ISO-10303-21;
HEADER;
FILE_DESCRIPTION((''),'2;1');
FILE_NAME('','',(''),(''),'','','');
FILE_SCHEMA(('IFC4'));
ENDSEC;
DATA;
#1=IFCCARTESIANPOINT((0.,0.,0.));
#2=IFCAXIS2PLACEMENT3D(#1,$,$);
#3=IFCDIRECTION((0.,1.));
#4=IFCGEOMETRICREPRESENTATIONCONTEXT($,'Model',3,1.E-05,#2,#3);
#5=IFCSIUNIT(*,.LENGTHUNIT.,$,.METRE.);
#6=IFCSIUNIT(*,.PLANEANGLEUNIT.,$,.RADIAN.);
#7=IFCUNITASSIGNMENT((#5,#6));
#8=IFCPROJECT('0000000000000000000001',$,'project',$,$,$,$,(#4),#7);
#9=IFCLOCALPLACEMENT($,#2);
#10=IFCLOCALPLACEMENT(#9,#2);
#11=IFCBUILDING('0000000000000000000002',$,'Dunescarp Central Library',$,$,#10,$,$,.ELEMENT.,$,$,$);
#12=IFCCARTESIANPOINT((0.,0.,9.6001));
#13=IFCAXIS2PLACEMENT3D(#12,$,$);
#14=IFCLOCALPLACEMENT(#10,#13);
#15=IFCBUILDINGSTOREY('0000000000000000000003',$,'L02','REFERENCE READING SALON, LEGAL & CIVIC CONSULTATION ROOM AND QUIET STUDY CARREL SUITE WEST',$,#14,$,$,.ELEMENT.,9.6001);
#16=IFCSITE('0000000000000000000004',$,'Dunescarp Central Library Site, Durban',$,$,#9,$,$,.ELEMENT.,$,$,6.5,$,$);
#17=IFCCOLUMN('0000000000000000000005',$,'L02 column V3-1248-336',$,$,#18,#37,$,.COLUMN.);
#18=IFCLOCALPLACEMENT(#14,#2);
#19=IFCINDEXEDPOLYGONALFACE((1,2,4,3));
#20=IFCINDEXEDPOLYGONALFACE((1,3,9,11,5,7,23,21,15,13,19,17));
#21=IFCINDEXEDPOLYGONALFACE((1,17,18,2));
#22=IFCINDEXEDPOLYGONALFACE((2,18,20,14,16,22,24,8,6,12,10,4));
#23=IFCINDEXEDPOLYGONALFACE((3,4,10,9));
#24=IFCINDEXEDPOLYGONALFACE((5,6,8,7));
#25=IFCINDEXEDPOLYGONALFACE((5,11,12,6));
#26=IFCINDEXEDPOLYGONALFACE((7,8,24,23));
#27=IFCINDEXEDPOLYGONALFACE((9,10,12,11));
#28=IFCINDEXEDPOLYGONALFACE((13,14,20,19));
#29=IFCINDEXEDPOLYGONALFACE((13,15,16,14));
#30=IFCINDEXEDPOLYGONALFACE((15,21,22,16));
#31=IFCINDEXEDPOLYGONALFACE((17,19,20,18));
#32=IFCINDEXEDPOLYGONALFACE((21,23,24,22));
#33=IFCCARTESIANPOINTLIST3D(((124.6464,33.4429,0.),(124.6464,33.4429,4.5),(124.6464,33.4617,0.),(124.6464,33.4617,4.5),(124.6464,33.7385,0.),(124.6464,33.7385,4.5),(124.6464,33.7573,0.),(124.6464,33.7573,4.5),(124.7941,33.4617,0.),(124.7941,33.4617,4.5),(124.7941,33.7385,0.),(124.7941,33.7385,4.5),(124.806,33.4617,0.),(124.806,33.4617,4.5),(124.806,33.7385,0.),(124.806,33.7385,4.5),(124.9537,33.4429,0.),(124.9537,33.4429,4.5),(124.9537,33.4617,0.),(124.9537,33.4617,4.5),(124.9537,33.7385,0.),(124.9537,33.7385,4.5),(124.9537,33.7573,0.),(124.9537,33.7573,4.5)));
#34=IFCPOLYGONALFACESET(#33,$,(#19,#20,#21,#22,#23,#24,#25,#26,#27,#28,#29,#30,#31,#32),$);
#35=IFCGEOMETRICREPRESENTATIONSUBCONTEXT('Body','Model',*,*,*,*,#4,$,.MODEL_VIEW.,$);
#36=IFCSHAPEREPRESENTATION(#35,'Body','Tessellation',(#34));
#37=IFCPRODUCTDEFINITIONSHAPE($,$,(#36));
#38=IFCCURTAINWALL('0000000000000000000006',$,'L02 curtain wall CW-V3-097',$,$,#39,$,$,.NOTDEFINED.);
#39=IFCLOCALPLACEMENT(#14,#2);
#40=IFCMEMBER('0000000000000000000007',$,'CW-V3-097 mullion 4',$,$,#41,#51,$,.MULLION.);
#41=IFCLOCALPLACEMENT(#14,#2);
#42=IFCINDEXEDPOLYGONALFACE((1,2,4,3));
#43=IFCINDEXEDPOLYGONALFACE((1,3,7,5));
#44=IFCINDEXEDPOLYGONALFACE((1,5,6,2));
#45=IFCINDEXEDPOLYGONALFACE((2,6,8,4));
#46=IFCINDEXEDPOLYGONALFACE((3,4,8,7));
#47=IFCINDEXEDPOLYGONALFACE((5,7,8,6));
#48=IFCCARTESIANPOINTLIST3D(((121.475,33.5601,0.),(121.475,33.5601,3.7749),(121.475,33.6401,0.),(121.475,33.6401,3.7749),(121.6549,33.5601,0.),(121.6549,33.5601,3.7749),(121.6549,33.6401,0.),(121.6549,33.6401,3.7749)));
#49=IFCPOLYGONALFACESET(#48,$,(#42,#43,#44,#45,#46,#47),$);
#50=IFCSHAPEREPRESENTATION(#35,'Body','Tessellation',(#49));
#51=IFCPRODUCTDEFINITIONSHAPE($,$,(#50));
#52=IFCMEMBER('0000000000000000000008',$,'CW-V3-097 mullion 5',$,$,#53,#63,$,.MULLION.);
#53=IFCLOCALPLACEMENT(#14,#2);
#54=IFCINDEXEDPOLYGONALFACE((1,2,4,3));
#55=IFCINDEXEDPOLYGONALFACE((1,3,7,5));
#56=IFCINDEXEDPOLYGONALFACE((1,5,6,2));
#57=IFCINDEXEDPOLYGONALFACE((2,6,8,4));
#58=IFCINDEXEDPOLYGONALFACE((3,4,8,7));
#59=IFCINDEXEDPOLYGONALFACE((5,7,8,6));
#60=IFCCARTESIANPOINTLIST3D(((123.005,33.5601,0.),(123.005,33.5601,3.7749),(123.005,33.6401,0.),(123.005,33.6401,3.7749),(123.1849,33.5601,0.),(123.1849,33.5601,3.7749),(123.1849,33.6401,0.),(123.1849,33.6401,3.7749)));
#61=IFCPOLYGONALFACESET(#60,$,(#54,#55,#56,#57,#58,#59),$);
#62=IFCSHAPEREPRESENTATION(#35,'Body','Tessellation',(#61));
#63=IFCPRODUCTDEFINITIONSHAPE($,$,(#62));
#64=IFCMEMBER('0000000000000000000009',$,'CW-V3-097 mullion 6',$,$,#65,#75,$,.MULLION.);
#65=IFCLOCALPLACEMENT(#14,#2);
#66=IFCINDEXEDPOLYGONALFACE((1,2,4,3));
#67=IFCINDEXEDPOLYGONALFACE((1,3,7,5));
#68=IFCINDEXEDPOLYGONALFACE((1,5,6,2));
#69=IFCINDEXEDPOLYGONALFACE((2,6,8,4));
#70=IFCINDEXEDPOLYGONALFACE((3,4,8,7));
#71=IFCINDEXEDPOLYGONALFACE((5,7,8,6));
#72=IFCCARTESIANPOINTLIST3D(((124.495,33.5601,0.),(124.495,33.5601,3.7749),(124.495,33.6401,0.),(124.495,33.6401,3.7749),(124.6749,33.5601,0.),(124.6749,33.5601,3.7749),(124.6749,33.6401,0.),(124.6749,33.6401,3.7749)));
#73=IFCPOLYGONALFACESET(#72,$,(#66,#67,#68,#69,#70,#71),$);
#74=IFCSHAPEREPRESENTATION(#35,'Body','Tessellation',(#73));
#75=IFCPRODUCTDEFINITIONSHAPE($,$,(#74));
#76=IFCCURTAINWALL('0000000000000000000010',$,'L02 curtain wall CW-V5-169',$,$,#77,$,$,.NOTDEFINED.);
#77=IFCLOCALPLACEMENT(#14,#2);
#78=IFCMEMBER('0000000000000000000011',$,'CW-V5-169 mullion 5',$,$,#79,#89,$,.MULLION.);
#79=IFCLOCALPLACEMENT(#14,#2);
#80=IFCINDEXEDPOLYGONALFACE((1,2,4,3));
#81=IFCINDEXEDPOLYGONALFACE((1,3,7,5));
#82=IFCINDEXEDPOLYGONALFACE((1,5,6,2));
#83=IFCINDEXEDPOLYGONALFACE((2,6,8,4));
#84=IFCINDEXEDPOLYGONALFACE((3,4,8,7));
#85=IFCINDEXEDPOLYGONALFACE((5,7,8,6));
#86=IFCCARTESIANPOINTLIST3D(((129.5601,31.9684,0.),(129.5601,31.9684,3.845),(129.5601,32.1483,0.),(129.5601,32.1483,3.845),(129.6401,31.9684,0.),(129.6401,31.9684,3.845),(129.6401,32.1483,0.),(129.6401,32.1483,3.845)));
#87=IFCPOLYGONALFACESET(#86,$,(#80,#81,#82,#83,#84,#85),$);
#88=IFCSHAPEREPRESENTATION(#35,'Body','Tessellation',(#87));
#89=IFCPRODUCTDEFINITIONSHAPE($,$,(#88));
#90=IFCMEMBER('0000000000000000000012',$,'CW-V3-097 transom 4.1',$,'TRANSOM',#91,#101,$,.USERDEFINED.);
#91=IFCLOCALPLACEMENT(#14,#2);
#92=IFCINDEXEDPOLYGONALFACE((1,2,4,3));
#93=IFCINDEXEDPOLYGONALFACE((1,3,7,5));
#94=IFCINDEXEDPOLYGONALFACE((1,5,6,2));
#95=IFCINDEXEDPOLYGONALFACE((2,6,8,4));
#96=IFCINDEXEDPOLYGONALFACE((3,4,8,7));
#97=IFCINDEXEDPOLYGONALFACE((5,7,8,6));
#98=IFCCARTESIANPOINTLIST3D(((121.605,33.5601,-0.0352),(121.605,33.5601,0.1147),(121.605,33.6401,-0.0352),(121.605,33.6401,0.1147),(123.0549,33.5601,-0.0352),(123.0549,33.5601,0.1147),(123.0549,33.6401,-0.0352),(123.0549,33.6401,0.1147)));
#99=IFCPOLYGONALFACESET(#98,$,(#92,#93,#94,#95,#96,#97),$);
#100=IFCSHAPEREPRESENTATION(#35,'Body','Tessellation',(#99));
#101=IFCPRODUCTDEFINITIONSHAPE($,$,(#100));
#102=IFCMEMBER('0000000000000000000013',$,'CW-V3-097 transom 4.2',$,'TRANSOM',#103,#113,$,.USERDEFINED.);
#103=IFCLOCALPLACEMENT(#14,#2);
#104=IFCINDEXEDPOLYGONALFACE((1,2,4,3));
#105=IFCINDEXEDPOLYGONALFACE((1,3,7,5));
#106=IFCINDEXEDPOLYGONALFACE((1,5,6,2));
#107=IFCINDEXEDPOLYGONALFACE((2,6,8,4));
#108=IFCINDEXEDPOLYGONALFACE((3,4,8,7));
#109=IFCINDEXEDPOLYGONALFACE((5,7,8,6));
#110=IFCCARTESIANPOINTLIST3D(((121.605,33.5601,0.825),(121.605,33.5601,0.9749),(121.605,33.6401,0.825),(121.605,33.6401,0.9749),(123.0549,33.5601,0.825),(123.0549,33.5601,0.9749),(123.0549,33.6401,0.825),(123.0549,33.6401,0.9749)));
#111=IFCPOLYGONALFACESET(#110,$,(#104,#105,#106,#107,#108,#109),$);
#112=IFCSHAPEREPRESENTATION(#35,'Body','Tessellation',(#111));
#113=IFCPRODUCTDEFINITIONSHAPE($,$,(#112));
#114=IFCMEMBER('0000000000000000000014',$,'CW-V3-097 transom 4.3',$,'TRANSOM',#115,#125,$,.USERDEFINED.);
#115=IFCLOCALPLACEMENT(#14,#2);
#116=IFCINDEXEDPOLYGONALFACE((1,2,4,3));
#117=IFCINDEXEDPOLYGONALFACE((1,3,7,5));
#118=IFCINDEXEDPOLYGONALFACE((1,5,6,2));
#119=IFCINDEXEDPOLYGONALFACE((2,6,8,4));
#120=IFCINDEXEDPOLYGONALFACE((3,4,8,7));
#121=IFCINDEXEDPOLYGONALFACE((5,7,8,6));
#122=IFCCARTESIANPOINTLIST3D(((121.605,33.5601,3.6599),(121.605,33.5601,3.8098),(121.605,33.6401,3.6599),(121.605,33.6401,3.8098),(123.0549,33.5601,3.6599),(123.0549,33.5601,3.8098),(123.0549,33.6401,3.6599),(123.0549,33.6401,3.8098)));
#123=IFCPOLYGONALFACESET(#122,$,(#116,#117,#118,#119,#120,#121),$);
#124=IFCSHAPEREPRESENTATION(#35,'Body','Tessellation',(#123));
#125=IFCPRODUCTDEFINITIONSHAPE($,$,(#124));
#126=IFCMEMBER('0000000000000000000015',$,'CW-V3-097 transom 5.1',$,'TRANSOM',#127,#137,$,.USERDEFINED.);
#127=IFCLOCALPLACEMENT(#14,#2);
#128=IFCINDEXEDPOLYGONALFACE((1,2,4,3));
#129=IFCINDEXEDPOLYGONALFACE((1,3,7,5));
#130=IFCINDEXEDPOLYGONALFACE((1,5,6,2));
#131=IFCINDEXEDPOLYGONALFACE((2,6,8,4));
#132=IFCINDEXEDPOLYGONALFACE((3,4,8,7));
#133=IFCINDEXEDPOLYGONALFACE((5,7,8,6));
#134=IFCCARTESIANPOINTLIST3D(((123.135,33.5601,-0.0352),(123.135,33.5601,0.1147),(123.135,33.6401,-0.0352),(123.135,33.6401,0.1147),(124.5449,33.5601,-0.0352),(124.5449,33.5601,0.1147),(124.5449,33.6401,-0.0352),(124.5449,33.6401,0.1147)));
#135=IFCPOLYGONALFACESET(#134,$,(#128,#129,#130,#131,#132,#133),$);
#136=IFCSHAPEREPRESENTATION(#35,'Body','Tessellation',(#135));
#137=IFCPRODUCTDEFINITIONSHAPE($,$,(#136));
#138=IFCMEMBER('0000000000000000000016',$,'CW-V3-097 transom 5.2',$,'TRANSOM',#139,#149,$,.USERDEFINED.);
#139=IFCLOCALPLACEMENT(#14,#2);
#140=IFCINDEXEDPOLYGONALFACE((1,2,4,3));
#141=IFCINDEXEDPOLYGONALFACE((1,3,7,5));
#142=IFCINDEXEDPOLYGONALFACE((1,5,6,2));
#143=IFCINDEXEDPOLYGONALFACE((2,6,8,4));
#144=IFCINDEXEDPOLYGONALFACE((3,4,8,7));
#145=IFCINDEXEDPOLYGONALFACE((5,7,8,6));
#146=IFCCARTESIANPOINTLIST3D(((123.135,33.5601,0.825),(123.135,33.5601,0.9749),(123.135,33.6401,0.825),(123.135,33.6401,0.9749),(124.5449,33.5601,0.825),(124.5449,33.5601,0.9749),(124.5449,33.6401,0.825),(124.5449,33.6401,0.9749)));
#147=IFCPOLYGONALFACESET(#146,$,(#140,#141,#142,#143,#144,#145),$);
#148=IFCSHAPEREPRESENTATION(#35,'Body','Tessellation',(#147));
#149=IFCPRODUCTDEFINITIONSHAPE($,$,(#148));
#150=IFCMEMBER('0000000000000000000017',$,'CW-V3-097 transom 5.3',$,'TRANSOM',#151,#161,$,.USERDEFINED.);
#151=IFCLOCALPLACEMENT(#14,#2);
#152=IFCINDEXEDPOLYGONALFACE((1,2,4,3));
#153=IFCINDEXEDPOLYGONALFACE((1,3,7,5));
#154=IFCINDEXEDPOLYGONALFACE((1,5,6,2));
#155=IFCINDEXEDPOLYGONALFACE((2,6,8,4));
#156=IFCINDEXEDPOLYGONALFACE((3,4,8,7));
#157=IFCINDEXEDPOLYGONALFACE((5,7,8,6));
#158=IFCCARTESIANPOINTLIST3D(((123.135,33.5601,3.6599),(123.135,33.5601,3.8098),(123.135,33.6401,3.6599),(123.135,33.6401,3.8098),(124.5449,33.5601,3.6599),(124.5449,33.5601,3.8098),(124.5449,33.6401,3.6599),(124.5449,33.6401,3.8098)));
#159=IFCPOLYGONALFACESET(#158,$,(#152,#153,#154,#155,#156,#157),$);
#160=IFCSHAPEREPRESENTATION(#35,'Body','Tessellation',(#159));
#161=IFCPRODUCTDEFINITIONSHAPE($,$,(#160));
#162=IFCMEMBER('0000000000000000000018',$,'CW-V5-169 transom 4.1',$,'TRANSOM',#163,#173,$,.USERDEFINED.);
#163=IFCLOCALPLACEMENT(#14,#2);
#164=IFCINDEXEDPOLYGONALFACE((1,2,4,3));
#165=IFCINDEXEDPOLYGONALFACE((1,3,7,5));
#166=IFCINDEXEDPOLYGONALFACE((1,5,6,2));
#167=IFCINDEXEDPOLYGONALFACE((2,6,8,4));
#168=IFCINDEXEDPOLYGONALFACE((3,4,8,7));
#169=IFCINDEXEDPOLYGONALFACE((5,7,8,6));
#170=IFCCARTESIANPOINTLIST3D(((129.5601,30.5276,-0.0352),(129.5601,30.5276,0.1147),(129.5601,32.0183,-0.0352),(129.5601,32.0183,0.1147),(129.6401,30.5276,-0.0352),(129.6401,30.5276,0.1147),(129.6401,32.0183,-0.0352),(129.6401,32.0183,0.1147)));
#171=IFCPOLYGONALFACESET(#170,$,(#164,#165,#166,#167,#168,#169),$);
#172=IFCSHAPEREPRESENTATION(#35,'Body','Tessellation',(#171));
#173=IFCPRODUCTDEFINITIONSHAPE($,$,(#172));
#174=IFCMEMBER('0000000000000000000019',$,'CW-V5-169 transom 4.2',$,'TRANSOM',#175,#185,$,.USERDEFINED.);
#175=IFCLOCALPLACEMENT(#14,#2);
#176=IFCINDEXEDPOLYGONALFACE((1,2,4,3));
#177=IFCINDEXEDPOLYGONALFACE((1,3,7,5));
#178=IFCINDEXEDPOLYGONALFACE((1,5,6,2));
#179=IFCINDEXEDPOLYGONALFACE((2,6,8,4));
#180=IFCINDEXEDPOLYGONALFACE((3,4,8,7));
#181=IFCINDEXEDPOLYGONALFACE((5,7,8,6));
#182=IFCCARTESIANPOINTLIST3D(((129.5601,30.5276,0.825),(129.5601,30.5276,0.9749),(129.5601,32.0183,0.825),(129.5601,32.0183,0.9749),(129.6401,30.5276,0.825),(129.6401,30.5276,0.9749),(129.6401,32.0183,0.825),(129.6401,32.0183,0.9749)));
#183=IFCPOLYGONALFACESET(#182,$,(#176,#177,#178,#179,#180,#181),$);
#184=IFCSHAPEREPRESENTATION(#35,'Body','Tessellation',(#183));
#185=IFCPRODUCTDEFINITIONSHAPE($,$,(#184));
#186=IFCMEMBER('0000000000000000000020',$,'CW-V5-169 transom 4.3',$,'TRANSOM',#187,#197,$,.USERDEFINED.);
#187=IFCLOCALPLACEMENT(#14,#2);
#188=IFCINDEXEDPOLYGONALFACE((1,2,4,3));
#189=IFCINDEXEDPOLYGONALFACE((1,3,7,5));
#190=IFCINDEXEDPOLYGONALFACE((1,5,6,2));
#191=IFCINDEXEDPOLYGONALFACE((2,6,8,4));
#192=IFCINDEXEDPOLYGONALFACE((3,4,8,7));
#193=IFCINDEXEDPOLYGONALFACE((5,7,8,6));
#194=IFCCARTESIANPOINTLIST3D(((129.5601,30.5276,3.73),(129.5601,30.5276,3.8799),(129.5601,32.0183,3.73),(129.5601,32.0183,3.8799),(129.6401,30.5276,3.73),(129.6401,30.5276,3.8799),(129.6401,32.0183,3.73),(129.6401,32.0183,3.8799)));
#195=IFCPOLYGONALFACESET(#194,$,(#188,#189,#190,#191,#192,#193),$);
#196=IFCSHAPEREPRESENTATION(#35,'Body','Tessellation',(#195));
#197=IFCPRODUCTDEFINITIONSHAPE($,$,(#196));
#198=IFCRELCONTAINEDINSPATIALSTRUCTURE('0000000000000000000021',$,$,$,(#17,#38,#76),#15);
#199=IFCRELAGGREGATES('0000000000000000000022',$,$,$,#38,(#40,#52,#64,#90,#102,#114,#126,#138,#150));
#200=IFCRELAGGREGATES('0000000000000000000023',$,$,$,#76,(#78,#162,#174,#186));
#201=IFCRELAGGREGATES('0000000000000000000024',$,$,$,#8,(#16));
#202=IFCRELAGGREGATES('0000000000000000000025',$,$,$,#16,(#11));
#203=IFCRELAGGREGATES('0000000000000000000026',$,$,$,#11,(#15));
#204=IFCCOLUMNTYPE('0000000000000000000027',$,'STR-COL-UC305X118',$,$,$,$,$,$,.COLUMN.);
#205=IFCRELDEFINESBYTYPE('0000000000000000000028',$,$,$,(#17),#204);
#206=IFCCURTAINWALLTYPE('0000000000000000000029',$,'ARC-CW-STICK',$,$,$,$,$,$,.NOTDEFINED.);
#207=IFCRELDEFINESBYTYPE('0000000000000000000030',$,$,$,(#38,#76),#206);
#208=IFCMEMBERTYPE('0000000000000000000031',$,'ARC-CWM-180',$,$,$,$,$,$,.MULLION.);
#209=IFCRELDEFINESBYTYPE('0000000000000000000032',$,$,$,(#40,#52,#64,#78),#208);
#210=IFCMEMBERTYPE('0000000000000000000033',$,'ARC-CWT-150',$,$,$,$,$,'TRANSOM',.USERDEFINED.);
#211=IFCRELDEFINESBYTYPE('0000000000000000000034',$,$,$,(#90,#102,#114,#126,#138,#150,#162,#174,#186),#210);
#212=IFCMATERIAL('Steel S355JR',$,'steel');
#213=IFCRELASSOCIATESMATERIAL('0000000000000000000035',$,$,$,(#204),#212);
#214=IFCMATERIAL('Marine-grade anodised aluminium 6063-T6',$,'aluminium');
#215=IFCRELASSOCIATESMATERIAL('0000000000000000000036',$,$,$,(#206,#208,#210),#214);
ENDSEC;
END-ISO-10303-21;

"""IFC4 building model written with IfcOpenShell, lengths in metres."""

from ifc_helpers import new_model, si_unit, direction, frame, origin, origin_2d, place, context, subcontext, project, spatial, rectangle, i_section, extrude, material, material_profile, profile_set, type_object, element, aggregate, save


model = new_model("IFC4")

# Units and contexts
model_context = context("Model", 3, precision=1e-05, world=origin(), true_north=direction((0.0, 1.0)))
body_context = subcontext(model_context, "Body", "Model", "MODEL_VIEW")
ifc_project = project(units=[si_unit("LENGTHUNIT", "METRE"), si_unit("PLANEANGLEUNIT", "RADIAN")], contexts=[model_context])

# Site, building, storey
site_placement = place(None, origin())
site = spatial("IfcSite", under=ifc_project, at=site_placement, Name="Dunescarp Central Library Site, Durban", CompositionType="ELEMENT", RefElevation=6.5)
building_placement = place(site_placement, origin())
building = spatial("IfcBuilding", under=site, at=building_placement, Name="Dunescarp Central Library", CompositionType="ELEMENT")
storey_placement = place(building_placement, frame((0.0, 0.0, 9.6001)))
storey = spatial("IfcBuildingStorey", under=building, at=storey_placement, Name="L02", Description="REFERENCE READING SALON, LEGAL & CIVIC CONSULTATION ROOM AND QUIET STUDY CARREL SUITE WEST", CompositionType="ELEMENT", Elevation=9.6001)

# Column
ifc_material_1 = material(Name="Steel S355JR", Category="steel")
ifc_material_profile_1 = material_profile(ifc_material_1, i_section(OverallWidth=0.3074, OverallDepth=0.3145, WebThickness=0.012, FlangeThickness=0.0188, at=origin_2d()), Name="UC 305x305x118")
ifc_profile_set_1 = profile_set([ifc_material_profile_1], Name="Steel S355JR")
column_type = type_object("IfcColumnType", Name="STR-COL-UC305X118", PredefinedType="COLUMN", material=ifc_profile_set_1)
column_placement = place(storey_placement, frame((124.8, 33.6001, 0.0), z_axis=(0.0, 0.0, 1.0), x_axis=(1.0, 0.0, 0.0)))
element("IfcColumn", 1, at=column_placement, inside=storey, type_object=column_type, Name="L02 column V3-1248-336", PredefinedType="COLUMN", context=body_context, shape_type="SweptSolid", body=[
    extrude(i_section(OverallWidth=0.3074, OverallDepth=0.3145, WebThickness=0.012, FlangeThickness=0.0188, at=origin_2d()), origin(), (0.0, 0.0, 1.0), 4.5),
])

# Curtain wall, members
ifc_material_2 = material(Name="Marine-grade anodised aluminium 6063-T6", Category="aluminium")
curtain_wall_type = type_object("IfcCurtainWallType", Name="ARC-CW-STICK", PredefinedType="NOTDEFINED", material=ifc_material_2)
curtain_wall_1_placement = place(storey_placement, origin())
curtain_wall_1 = element("IfcCurtainWall", 2, at=curtain_wall_1_placement, inside=storey, type_object=curtain_wall_type, Name="L02 curtain wall CW-V3-097", PredefinedType="NOTDEFINED")
ifc_material_profile_2 = material_profile(ifc_material_2, rectangle(XDim=0.0801, YDim=0.1799, at=origin_2d()), Name="AL 80x180")
ifc_profile_set_2 = profile_set([ifc_material_profile_2], Name="Marine-grade anodised aluminium 6063-T6")
member_type_1 = type_object("IfcMemberType", Name="ARC-CWM-180", PredefinedType="MULLION", material=ifc_profile_set_2)
member_1_placement = place(storey_placement, frame((121.5649, 33.6001, 0.0), z_axis=(0.0, 0.0, 1.0), x_axis=(0.0, 1.0, 0.0)))
member_1 = element("IfcMember", 3, at=member_1_placement, type_object=member_type_1, Name="CW-V3-097 mullion 4", PredefinedType="MULLION", context=body_context, shape_type="SweptSolid", body=[
    extrude(rectangle(XDim=0.0801, YDim=0.1799, at=origin_2d()), origin(), (0.0, 0.0, 1.0), 3.7749),
])
member_2_placement = place(storey_placement, frame((123.095, 33.6001, 0.0), z_axis=(0.0, 0.0, 1.0), x_axis=(0.0, 1.0, 0.0)))
member_2 = element("IfcMember", 4, at=member_2_placement, type_object=member_type_1, Name="CW-V3-097 mullion 5", PredefinedType="MULLION", context=body_context, shape_type="SweptSolid", body=[
    extrude(rectangle(XDim=0.0801, YDim=0.1799, at=origin_2d()), origin(), (0.0, 0.0, 1.0), 3.7749),
])
member_3_placement = place(storey_placement, frame((124.585, 33.6001, 0.0), z_axis=(0.0, 0.0, 1.0), x_axis=(0.0, 1.0, 0.0)))
member_3 = element("IfcMember", 5, at=member_3_placement, type_object=member_type_1, Name="CW-V3-097 mullion 6", PredefinedType="MULLION", context=body_context, shape_type="SweptSolid", body=[
    extrude(rectangle(XDim=0.0801, YDim=0.1799, at=origin_2d()), origin(), (0.0, 0.0, 1.0), 3.7749),
])

# Curtain wall, member
curtain_wall_2_placement = place(storey_placement, origin())
curtain_wall_2 = element("IfcCurtainWall", 6, at=curtain_wall_2_placement, inside=storey, type_object=curtain_wall_type, Name="L02 curtain wall CW-V5-169", PredefinedType="NOTDEFINED")
member_4_placement = place(storey_placement, frame((129.6001, 32.0583, 0.0), z_axis=(0.0, 0.0, 1.0), x_axis=(-1.0, 0.0, 0.0)))
member_4 = element("IfcMember", 7, at=member_4_placement, type_object=member_type_1, Name="CW-V5-169 mullion 5", PredefinedType="MULLION", context=body_context, shape_type="SweptSolid", body=[
    extrude(rectangle(XDim=0.0801, YDim=0.1799, at=origin_2d()), origin(), (0.0, 0.0, 1.0), 3.845),
])

# Members
ifc_material_profile_3 = material_profile(ifc_material_2, rectangle(XDim=0.0801, YDim=0.1499, at=origin_2d()), Name="AL 80x150")
ifc_profile_set_3 = profile_set([ifc_material_profile_3], Name="Marine-grade anodised aluminium 6063-T6")
member_type_2 = type_object("IfcMemberType", Name="ARC-CWT-150", ElementType="TRANSOM", PredefinedType="USERDEFINED", material=ifc_profile_set_3)
member_5_placement = place(storey_placement, frame((121.605, 33.6001, 0.0398), z_axis=(1.0, 0.0, 0.0), x_axis=(0.0, 1.0, 0.0)))
member_5 = element("IfcMember", 8, at=member_5_placement, type_object=member_type_2, Name="CW-V3-097 transom 4.1", ObjectType="TRANSOM", PredefinedType="USERDEFINED", context=body_context, shape_type="SweptSolid", body=[
    extrude(rectangle(XDim=0.0801, YDim=0.1499, at=origin_2d()), origin(), (0.0, 0.0, 1.0), 1.45),
])
member_6_placement = place(storey_placement, frame((121.605, 33.6001, 0.8999), z_axis=(1.0, 0.0, 0.0), x_axis=(0.0, 1.0, 0.0)))
member_6 = element("IfcMember", 9, at=member_6_placement, type_object=member_type_2, Name="CW-V3-097 transom 4.2", ObjectType="TRANSOM", PredefinedType="USERDEFINED", context=body_context, shape_type="SweptSolid", body=[
    extrude(rectangle(XDim=0.0801, YDim=0.1499, at=origin_2d()), origin(), (0.0, 0.0, 1.0), 1.45),
])
member_7_placement = place(storey_placement, frame((121.605, 33.6001, 3.7349), z_axis=(1.0, 0.0, 0.0), x_axis=(0.0, 1.0, 0.0)))
member_7 = element("IfcMember", 10, at=member_7_placement, type_object=member_type_2, Name="CW-V3-097 transom 4.3", ObjectType="TRANSOM", PredefinedType="USERDEFINED", context=body_context, shape_type="SweptSolid", body=[
    extrude(rectangle(XDim=0.0801, YDim=0.1499, at=origin_2d()), origin(), (0.0, 0.0, 1.0), 1.45),
])
member_8_placement = place(storey_placement, frame((123.135, 33.6001, 0.0398), z_axis=(1.0, 0.0, 0.0), x_axis=(0.0, 1.0, 0.0)))
member_8 = element("IfcMember", 11, at=member_8_placement, type_object=member_type_2, Name="CW-V3-097 transom 5.1", ObjectType="TRANSOM", PredefinedType="USERDEFINED", context=body_context, shape_type="SweptSolid", body=[
    extrude(rectangle(XDim=0.0801, YDim=0.1499, at=origin_2d()), origin(), (0.0, 0.0, 1.0), 1.4099),
])
member_9_placement = place(storey_placement, frame((123.135, 33.6001, 0.8999), z_axis=(1.0, 0.0, 0.0), x_axis=(0.0, 1.0, 0.0)))
member_9 = element("IfcMember", 12, at=member_9_placement, type_object=member_type_2, Name="CW-V3-097 transom 5.2", ObjectType="TRANSOM", PredefinedType="USERDEFINED", context=body_context, shape_type="SweptSolid", body=[
    extrude(rectangle(XDim=0.0801, YDim=0.1499, at=origin_2d()), origin(), (0.0, 0.0, 1.0), 1.4099),
])
member_10_placement = place(storey_placement, frame((123.135, 33.6001, 3.7349), z_axis=(1.0, 0.0, 0.0), x_axis=(0.0, 1.0, 0.0)))
member_10 = element("IfcMember", 13, at=member_10_placement, type_object=member_type_2, Name="CW-V3-097 transom 5.3", ObjectType="TRANSOM", PredefinedType="USERDEFINED", context=body_context, shape_type="SweptSolid", body=[
    extrude(rectangle(XDim=0.0801, YDim=0.1499, at=origin_2d()), origin(), (0.0, 0.0, 1.0), 1.4099),
])
member_11_placement = place(storey_placement, frame((129.6001, 30.5276, 0.0398), z_axis=(0.0, 1.0, 0.0), x_axis=(-1.0, 0.0, 0.0)))
member_11 = element("IfcMember", 14, at=member_11_placement, type_object=member_type_2, Name="CW-V5-169 transom 4.1", ObjectType="TRANSOM", PredefinedType="USERDEFINED", context=body_context, shape_type="SweptSolid", body=[
    extrude(rectangle(XDim=0.0801, YDim=0.1499, at=origin_2d()), origin(), (0.0, 0.0, 1.0), 1.4907),
])
member_12_placement = place(storey_placement, frame((129.6001, 30.5276, 0.8999), z_axis=(0.0, 1.0, 0.0), x_axis=(-1.0, 0.0, 0.0)))
member_12 = element("IfcMember", 15, at=member_12_placement, type_object=member_type_2, Name="CW-V5-169 transom 4.2", ObjectType="TRANSOM", PredefinedType="USERDEFINED", context=body_context, shape_type="SweptSolid", body=[
    extrude(rectangle(XDim=0.0801, YDim=0.1499, at=origin_2d()), origin(), (0.0, 0.0, 1.0), 1.4907),
])
member_13_placement = place(storey_placement, frame((129.6001, 30.5276, 3.8049), z_axis=(0.0, 1.0, 0.0), x_axis=(-1.0, 0.0, 0.0)))
member_13 = element("IfcMember", 16, at=member_13_placement, type_object=member_type_2, Name="CW-V5-169 transom 4.3", ObjectType="TRANSOM", PredefinedType="USERDEFINED", context=body_context, shape_type="SweptSolid", body=[
    extrude(rectangle(XDim=0.0801, YDim=0.1499, at=origin_2d()), origin(), (0.0, 0.0, 1.0), 1.4907),
])

aggregate(curtain_wall_1, [member_1, member_2, member_3, member_5, member_6, member_7, member_8, member_9, member_10])
aggregate(curtain_wall_2, [member_4, member_11, member_12, member_13])

save(model, "model.ifc")
